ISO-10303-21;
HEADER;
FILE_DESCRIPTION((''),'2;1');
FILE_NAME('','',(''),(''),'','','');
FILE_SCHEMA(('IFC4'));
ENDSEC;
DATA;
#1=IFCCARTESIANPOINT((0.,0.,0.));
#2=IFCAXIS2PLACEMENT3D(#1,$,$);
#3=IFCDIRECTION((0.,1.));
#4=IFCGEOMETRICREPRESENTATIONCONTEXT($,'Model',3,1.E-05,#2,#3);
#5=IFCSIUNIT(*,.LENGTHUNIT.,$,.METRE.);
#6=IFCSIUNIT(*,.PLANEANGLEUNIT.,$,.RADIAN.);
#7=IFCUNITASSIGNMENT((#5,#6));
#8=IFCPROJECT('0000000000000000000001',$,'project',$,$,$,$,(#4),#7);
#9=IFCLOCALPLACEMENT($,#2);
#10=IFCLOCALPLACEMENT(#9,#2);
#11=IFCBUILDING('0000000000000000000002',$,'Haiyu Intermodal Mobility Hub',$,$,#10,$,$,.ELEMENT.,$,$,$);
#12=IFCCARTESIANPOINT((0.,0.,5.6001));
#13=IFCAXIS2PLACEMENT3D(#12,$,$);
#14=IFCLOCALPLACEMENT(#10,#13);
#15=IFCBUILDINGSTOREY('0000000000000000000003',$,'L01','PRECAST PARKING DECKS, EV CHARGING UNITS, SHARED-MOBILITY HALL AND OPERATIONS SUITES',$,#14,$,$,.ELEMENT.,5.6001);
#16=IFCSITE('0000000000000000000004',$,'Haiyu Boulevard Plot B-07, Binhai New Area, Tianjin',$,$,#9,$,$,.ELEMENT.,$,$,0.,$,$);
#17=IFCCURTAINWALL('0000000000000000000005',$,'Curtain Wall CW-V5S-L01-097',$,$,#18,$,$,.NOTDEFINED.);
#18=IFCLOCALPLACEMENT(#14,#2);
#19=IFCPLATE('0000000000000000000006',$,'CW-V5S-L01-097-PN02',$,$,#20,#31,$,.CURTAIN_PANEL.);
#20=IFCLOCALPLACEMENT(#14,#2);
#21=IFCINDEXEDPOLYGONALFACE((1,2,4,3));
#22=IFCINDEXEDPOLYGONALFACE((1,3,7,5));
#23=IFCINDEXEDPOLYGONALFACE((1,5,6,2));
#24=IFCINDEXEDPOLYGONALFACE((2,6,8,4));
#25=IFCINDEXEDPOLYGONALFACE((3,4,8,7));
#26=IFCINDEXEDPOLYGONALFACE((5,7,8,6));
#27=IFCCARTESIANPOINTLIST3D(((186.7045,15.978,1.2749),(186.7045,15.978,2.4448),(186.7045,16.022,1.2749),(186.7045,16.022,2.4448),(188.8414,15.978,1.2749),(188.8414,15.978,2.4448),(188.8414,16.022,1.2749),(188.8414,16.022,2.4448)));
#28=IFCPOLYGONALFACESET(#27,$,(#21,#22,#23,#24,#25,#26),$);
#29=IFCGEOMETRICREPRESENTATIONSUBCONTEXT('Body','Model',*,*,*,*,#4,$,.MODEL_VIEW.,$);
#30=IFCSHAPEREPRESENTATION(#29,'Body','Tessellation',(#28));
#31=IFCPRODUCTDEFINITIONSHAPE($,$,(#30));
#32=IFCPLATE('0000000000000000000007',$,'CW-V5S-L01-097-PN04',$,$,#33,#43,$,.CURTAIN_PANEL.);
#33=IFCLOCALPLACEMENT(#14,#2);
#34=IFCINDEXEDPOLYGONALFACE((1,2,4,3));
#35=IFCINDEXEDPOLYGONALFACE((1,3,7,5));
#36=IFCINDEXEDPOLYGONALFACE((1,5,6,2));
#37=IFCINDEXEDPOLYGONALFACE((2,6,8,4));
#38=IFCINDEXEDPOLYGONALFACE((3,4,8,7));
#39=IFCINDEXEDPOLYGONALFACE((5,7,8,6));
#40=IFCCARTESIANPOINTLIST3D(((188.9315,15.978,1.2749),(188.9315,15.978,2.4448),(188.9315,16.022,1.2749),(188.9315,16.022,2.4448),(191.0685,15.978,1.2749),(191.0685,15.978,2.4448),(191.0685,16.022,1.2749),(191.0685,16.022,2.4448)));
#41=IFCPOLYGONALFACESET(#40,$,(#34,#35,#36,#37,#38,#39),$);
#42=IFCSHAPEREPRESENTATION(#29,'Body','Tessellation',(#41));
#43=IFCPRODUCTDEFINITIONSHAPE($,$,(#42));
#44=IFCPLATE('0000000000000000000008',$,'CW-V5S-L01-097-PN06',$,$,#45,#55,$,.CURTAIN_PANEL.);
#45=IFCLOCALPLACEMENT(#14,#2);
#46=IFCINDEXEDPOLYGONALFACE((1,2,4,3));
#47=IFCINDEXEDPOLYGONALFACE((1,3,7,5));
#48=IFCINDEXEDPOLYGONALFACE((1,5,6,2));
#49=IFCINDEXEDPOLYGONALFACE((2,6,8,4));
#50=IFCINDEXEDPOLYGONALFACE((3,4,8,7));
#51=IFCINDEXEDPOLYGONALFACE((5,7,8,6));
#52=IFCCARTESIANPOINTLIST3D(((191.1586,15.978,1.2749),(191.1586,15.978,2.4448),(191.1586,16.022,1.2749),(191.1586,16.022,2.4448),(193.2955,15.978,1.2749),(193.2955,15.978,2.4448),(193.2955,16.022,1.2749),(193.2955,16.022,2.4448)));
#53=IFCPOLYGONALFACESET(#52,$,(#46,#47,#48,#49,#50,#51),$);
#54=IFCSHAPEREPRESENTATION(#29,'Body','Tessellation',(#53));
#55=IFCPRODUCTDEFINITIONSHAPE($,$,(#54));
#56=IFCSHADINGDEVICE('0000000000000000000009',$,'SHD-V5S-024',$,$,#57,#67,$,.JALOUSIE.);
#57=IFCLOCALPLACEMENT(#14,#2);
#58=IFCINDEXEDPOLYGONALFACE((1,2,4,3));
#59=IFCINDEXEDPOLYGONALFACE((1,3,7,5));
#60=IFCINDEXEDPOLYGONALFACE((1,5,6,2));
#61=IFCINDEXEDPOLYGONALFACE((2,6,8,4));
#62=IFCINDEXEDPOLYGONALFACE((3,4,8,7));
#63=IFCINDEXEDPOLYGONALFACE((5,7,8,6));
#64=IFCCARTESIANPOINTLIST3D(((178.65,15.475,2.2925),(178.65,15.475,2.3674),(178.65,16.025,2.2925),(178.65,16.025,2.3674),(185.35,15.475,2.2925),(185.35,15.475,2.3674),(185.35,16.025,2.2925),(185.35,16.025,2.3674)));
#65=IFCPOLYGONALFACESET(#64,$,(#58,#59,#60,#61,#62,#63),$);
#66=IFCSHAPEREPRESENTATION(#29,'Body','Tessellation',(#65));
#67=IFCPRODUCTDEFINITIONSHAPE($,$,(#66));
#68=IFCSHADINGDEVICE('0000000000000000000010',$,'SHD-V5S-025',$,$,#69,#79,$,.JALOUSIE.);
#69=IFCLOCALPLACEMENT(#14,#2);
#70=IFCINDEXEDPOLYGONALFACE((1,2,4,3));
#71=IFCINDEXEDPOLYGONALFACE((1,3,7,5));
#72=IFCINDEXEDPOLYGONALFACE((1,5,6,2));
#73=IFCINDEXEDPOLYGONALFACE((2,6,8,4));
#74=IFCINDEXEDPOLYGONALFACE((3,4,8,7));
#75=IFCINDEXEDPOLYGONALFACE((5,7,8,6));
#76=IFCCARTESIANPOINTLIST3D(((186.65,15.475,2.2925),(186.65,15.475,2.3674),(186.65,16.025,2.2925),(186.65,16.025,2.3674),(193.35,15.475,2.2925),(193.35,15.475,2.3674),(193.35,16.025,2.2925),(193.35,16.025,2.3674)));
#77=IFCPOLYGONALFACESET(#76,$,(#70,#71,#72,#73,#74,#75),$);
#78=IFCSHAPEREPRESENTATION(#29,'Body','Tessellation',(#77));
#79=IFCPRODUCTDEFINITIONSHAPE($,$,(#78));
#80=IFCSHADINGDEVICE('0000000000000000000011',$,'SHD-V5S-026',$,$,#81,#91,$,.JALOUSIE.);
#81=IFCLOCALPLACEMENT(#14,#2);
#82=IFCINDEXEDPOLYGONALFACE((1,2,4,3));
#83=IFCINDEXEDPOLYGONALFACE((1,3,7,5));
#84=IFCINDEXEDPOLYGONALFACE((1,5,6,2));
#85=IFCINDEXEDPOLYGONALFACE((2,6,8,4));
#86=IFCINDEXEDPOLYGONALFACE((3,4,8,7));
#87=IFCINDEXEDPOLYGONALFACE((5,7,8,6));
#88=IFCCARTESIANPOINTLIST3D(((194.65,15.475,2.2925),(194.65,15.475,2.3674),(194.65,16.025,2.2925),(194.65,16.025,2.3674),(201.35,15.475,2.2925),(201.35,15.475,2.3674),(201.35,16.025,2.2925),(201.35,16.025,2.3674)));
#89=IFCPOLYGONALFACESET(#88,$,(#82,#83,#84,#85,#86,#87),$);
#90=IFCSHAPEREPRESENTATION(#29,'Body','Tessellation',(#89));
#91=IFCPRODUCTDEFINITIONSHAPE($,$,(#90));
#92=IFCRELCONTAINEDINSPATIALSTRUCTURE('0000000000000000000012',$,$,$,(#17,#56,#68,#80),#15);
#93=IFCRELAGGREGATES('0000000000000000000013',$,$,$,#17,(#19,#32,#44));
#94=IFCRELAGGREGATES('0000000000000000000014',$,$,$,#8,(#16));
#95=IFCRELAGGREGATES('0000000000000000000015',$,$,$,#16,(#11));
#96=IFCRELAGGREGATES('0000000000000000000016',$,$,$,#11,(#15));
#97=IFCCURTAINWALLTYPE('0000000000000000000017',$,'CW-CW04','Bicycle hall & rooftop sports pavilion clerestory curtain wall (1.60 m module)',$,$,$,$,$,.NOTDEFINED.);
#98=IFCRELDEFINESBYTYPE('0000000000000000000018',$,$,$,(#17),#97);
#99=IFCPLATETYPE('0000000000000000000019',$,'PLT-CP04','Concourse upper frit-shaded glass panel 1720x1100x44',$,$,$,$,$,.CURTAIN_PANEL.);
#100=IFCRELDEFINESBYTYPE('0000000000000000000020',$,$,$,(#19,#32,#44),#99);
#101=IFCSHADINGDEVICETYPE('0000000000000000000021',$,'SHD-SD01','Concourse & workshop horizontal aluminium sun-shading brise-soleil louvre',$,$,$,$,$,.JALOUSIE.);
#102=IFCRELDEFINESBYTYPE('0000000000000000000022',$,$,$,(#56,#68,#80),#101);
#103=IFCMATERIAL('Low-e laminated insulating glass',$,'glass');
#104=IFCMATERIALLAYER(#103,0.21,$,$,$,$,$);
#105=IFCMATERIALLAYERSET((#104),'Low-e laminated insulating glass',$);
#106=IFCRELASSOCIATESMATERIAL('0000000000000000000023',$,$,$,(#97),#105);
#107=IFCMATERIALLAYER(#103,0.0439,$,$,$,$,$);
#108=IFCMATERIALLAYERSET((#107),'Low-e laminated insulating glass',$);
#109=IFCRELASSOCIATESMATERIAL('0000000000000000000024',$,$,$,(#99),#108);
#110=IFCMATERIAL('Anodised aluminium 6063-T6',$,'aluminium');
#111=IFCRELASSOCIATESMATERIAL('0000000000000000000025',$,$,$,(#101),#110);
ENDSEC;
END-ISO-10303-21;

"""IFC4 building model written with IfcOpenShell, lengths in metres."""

from ifc_helpers import new_model, si_unit, direction, frame, origin, origin_2d, place, context, subcontext, project, spatial, rectangle, extrude, material, layer, layer_set, material_profile, profile_set, type_object, element, aggregate, save


model = new_model("IFC4")

# Units and contexts
model_context = context("Model", 3, precision=1e-05, world=origin(), true_north=direction((0.0, 1.0)))
body_context = subcontext(model_context, "Body", "Model", "MODEL_VIEW")
ifc_project = project(units=[si_unit("LENGTHUNIT", "METRE"), si_unit("PLANEANGLEUNIT", "RADIAN")], contexts=[model_context])

# Site, building, storey
site_placement = place(None, origin())
site = spatial("IfcSite", under=ifc_project, at=site_placement, Name="Haiyu Boulevard Plot B-07, Binhai New Area, Tianjin", CompositionType="ELEMENT", RefElevation=0.0)
building_placement = place(site_placement, origin())
building = spatial("IfcBuilding", under=site, at=building_placement, Name="Haiyu Intermodal Mobility Hub", CompositionType="ELEMENT")
storey_placement = place(building_placement, frame((0.0, 0.0, 5.6001)))
storey = spatial("IfcBuildingStorey", under=building, at=storey_placement, Name="L01", Description="PRECAST PARKING DECKS, EV CHARGING UNITS, SHARED-MOBILITY HALL AND OPERATIONS SUITES", CompositionType="ELEMENT", Elevation=5.6001)

# Curtain wall
ifc_material_1 = material(Name="Low-e laminated insulating glass", Category="glass")
ifc_layer_1 = layer(ifc_material_1, 0.21)
ifc_layer_set_1 = layer_set([ifc_layer_1], Name="Low-e laminated insulating glass")
curtain_wall_type = type_object("IfcCurtainWallType", Name="CW-CW04", Description="Bicycle hall & rooftop sports pavilion clerestory curtain wall (1.60 m module)", PredefinedType="NOTDEFINED", material=ifc_layer_set_1)
ifc_material_2 = material(Name="Anodised aluminium 6063-T6", Category="aluminium")
curtain_wall_1_placement = place(storey_placement, origin())
curtain_wall_1 = element("IfcCurtainWall", 1, at=curtain_wall_1_placement, inside=storey, type_object=curtain_wall_type, Name="Curtain Wall CW-V5S-L01-097", PredefinedType="NOTDEFINED")

# Plates
ifc_layer_2 = layer(ifc_material_1, 0.0439)
ifc_layer_set_2 = layer_set([ifc_layer_2], Name="Low-e laminated insulating glass")
plate_type_1 = type_object("IfcPlateType", Name="PLT-CP04", Description="Concourse upper frit-shaded glass panel 1720x1100x44", PredefinedType="CURTAIN_PANEL", material=ifc_layer_set_2)
plate_1_placement = place(storey_placement, frame((187.7729, 16.0, 1.2749), z_axis=(0.0, 0.0, 1.0), x_axis=(1.0, 0.0, 0.0)))
plate_1 = element("IfcPlate", 2, at=plate_1_placement, type_object=plate_type_1, Name="CW-V5S-L01-097-PN02", PredefinedType="CURTAIN_PANEL", context=body_context, shape_type="SweptSolid", body=[
    extrude(rectangle(XDim=2.137, YDim=0.0439, at=origin_2d()), origin(), (0.0, 0.0, 1.0), 1.1699),
])
plate_2_placement = place(storey_placement, frame((190.0, 16.0, 1.2749), z_axis=(0.0, 0.0, 1.0), x_axis=(1.0, 0.0, 0.0)))
plate_2 = element("IfcPlate", 3, at=plate_2_placement, type_object=plate_type_1, Name="CW-V5S-L01-097-PN04", PredefinedType="CURTAIN_PANEL", context=body_context, shape_type="SweptSolid", body=[
    extrude(rectangle(XDim=2.137, YDim=0.0439, at=origin_2d()), origin(), (0.0, 0.0, 1.0), 1.1699),
])
plate_3_placement = place(storey_placement, frame((192.2271, 16.0, 1.2749), z_axis=(0.0, 0.0, 1.0), x_axis=(1.0, 0.0, 0.0)))
plate_3 = element("IfcPlate", 4, at=plate_3_placement, type_object=plate_type_1, Name="CW-V5S-L01-097-PN06", PredefinedType="CURTAIN_PANEL", context=body_context, shape_type="SweptSolid", body=[
    extrude(rectangle(XDim=2.137, YDim=0.0439, at=origin_2d()), origin(), (0.0, 0.0, 1.0), 1.1699),
])
aggregate(curtain_wall_1, [plate_1, plate_2, plate_3])

# Shading devices
ifc_material_profile_1 = material_profile(ifc_material_2, rectangle(XDim=0.0801, YDim=0.45, at=origin_2d()), Name="FIN80x450")
ifc_profile_set_1 = profile_set([ifc_material_profile_1], Name="Anodised aluminium 6063-T6")
shading_device_type = type_object("IfcShadingDeviceType", Name="SHD-SD01", Description="Concourse & workshop horizontal aluminium sun-shading brise-soleil louvre", PredefinedType="JALOUSIE", material=ifc_profile_set_1)
for number, where, z_axis, x_axis, name in (
    (5, (182.0, 15.75, 2.2925), (0.0, 0.0, 1.0), (1.0, 0.0, 0.0), "SHD-V5S-024"),
    (6, (190.0, 15.75, 2.2925), (0.0, 0.0, 1.0), (1.0, 0.0, 0.0), "SHD-V5S-025"),
    (7, (198.0, 15.75, 2.2925), (0.0, 0.0, 1.0), (1.0, 0.0, 0.0), "SHD-V5S-026"),
):
    element("IfcShadingDevice", number, at=place(storey_placement, frame(where, z_axis=z_axis, x_axis=x_axis)), inside=storey, type_object=shading_device_type, Name=name, PredefinedType="JALOUSIE", context=body_context, shape_type="SweptSolid", body=[
        extrude(rectangle(XDim=6.7, YDim=0.55, at=origin_2d()), origin(), (0.0, 0.0, 1.0), 0.075),
    ])

save(model, "model.ifc")
